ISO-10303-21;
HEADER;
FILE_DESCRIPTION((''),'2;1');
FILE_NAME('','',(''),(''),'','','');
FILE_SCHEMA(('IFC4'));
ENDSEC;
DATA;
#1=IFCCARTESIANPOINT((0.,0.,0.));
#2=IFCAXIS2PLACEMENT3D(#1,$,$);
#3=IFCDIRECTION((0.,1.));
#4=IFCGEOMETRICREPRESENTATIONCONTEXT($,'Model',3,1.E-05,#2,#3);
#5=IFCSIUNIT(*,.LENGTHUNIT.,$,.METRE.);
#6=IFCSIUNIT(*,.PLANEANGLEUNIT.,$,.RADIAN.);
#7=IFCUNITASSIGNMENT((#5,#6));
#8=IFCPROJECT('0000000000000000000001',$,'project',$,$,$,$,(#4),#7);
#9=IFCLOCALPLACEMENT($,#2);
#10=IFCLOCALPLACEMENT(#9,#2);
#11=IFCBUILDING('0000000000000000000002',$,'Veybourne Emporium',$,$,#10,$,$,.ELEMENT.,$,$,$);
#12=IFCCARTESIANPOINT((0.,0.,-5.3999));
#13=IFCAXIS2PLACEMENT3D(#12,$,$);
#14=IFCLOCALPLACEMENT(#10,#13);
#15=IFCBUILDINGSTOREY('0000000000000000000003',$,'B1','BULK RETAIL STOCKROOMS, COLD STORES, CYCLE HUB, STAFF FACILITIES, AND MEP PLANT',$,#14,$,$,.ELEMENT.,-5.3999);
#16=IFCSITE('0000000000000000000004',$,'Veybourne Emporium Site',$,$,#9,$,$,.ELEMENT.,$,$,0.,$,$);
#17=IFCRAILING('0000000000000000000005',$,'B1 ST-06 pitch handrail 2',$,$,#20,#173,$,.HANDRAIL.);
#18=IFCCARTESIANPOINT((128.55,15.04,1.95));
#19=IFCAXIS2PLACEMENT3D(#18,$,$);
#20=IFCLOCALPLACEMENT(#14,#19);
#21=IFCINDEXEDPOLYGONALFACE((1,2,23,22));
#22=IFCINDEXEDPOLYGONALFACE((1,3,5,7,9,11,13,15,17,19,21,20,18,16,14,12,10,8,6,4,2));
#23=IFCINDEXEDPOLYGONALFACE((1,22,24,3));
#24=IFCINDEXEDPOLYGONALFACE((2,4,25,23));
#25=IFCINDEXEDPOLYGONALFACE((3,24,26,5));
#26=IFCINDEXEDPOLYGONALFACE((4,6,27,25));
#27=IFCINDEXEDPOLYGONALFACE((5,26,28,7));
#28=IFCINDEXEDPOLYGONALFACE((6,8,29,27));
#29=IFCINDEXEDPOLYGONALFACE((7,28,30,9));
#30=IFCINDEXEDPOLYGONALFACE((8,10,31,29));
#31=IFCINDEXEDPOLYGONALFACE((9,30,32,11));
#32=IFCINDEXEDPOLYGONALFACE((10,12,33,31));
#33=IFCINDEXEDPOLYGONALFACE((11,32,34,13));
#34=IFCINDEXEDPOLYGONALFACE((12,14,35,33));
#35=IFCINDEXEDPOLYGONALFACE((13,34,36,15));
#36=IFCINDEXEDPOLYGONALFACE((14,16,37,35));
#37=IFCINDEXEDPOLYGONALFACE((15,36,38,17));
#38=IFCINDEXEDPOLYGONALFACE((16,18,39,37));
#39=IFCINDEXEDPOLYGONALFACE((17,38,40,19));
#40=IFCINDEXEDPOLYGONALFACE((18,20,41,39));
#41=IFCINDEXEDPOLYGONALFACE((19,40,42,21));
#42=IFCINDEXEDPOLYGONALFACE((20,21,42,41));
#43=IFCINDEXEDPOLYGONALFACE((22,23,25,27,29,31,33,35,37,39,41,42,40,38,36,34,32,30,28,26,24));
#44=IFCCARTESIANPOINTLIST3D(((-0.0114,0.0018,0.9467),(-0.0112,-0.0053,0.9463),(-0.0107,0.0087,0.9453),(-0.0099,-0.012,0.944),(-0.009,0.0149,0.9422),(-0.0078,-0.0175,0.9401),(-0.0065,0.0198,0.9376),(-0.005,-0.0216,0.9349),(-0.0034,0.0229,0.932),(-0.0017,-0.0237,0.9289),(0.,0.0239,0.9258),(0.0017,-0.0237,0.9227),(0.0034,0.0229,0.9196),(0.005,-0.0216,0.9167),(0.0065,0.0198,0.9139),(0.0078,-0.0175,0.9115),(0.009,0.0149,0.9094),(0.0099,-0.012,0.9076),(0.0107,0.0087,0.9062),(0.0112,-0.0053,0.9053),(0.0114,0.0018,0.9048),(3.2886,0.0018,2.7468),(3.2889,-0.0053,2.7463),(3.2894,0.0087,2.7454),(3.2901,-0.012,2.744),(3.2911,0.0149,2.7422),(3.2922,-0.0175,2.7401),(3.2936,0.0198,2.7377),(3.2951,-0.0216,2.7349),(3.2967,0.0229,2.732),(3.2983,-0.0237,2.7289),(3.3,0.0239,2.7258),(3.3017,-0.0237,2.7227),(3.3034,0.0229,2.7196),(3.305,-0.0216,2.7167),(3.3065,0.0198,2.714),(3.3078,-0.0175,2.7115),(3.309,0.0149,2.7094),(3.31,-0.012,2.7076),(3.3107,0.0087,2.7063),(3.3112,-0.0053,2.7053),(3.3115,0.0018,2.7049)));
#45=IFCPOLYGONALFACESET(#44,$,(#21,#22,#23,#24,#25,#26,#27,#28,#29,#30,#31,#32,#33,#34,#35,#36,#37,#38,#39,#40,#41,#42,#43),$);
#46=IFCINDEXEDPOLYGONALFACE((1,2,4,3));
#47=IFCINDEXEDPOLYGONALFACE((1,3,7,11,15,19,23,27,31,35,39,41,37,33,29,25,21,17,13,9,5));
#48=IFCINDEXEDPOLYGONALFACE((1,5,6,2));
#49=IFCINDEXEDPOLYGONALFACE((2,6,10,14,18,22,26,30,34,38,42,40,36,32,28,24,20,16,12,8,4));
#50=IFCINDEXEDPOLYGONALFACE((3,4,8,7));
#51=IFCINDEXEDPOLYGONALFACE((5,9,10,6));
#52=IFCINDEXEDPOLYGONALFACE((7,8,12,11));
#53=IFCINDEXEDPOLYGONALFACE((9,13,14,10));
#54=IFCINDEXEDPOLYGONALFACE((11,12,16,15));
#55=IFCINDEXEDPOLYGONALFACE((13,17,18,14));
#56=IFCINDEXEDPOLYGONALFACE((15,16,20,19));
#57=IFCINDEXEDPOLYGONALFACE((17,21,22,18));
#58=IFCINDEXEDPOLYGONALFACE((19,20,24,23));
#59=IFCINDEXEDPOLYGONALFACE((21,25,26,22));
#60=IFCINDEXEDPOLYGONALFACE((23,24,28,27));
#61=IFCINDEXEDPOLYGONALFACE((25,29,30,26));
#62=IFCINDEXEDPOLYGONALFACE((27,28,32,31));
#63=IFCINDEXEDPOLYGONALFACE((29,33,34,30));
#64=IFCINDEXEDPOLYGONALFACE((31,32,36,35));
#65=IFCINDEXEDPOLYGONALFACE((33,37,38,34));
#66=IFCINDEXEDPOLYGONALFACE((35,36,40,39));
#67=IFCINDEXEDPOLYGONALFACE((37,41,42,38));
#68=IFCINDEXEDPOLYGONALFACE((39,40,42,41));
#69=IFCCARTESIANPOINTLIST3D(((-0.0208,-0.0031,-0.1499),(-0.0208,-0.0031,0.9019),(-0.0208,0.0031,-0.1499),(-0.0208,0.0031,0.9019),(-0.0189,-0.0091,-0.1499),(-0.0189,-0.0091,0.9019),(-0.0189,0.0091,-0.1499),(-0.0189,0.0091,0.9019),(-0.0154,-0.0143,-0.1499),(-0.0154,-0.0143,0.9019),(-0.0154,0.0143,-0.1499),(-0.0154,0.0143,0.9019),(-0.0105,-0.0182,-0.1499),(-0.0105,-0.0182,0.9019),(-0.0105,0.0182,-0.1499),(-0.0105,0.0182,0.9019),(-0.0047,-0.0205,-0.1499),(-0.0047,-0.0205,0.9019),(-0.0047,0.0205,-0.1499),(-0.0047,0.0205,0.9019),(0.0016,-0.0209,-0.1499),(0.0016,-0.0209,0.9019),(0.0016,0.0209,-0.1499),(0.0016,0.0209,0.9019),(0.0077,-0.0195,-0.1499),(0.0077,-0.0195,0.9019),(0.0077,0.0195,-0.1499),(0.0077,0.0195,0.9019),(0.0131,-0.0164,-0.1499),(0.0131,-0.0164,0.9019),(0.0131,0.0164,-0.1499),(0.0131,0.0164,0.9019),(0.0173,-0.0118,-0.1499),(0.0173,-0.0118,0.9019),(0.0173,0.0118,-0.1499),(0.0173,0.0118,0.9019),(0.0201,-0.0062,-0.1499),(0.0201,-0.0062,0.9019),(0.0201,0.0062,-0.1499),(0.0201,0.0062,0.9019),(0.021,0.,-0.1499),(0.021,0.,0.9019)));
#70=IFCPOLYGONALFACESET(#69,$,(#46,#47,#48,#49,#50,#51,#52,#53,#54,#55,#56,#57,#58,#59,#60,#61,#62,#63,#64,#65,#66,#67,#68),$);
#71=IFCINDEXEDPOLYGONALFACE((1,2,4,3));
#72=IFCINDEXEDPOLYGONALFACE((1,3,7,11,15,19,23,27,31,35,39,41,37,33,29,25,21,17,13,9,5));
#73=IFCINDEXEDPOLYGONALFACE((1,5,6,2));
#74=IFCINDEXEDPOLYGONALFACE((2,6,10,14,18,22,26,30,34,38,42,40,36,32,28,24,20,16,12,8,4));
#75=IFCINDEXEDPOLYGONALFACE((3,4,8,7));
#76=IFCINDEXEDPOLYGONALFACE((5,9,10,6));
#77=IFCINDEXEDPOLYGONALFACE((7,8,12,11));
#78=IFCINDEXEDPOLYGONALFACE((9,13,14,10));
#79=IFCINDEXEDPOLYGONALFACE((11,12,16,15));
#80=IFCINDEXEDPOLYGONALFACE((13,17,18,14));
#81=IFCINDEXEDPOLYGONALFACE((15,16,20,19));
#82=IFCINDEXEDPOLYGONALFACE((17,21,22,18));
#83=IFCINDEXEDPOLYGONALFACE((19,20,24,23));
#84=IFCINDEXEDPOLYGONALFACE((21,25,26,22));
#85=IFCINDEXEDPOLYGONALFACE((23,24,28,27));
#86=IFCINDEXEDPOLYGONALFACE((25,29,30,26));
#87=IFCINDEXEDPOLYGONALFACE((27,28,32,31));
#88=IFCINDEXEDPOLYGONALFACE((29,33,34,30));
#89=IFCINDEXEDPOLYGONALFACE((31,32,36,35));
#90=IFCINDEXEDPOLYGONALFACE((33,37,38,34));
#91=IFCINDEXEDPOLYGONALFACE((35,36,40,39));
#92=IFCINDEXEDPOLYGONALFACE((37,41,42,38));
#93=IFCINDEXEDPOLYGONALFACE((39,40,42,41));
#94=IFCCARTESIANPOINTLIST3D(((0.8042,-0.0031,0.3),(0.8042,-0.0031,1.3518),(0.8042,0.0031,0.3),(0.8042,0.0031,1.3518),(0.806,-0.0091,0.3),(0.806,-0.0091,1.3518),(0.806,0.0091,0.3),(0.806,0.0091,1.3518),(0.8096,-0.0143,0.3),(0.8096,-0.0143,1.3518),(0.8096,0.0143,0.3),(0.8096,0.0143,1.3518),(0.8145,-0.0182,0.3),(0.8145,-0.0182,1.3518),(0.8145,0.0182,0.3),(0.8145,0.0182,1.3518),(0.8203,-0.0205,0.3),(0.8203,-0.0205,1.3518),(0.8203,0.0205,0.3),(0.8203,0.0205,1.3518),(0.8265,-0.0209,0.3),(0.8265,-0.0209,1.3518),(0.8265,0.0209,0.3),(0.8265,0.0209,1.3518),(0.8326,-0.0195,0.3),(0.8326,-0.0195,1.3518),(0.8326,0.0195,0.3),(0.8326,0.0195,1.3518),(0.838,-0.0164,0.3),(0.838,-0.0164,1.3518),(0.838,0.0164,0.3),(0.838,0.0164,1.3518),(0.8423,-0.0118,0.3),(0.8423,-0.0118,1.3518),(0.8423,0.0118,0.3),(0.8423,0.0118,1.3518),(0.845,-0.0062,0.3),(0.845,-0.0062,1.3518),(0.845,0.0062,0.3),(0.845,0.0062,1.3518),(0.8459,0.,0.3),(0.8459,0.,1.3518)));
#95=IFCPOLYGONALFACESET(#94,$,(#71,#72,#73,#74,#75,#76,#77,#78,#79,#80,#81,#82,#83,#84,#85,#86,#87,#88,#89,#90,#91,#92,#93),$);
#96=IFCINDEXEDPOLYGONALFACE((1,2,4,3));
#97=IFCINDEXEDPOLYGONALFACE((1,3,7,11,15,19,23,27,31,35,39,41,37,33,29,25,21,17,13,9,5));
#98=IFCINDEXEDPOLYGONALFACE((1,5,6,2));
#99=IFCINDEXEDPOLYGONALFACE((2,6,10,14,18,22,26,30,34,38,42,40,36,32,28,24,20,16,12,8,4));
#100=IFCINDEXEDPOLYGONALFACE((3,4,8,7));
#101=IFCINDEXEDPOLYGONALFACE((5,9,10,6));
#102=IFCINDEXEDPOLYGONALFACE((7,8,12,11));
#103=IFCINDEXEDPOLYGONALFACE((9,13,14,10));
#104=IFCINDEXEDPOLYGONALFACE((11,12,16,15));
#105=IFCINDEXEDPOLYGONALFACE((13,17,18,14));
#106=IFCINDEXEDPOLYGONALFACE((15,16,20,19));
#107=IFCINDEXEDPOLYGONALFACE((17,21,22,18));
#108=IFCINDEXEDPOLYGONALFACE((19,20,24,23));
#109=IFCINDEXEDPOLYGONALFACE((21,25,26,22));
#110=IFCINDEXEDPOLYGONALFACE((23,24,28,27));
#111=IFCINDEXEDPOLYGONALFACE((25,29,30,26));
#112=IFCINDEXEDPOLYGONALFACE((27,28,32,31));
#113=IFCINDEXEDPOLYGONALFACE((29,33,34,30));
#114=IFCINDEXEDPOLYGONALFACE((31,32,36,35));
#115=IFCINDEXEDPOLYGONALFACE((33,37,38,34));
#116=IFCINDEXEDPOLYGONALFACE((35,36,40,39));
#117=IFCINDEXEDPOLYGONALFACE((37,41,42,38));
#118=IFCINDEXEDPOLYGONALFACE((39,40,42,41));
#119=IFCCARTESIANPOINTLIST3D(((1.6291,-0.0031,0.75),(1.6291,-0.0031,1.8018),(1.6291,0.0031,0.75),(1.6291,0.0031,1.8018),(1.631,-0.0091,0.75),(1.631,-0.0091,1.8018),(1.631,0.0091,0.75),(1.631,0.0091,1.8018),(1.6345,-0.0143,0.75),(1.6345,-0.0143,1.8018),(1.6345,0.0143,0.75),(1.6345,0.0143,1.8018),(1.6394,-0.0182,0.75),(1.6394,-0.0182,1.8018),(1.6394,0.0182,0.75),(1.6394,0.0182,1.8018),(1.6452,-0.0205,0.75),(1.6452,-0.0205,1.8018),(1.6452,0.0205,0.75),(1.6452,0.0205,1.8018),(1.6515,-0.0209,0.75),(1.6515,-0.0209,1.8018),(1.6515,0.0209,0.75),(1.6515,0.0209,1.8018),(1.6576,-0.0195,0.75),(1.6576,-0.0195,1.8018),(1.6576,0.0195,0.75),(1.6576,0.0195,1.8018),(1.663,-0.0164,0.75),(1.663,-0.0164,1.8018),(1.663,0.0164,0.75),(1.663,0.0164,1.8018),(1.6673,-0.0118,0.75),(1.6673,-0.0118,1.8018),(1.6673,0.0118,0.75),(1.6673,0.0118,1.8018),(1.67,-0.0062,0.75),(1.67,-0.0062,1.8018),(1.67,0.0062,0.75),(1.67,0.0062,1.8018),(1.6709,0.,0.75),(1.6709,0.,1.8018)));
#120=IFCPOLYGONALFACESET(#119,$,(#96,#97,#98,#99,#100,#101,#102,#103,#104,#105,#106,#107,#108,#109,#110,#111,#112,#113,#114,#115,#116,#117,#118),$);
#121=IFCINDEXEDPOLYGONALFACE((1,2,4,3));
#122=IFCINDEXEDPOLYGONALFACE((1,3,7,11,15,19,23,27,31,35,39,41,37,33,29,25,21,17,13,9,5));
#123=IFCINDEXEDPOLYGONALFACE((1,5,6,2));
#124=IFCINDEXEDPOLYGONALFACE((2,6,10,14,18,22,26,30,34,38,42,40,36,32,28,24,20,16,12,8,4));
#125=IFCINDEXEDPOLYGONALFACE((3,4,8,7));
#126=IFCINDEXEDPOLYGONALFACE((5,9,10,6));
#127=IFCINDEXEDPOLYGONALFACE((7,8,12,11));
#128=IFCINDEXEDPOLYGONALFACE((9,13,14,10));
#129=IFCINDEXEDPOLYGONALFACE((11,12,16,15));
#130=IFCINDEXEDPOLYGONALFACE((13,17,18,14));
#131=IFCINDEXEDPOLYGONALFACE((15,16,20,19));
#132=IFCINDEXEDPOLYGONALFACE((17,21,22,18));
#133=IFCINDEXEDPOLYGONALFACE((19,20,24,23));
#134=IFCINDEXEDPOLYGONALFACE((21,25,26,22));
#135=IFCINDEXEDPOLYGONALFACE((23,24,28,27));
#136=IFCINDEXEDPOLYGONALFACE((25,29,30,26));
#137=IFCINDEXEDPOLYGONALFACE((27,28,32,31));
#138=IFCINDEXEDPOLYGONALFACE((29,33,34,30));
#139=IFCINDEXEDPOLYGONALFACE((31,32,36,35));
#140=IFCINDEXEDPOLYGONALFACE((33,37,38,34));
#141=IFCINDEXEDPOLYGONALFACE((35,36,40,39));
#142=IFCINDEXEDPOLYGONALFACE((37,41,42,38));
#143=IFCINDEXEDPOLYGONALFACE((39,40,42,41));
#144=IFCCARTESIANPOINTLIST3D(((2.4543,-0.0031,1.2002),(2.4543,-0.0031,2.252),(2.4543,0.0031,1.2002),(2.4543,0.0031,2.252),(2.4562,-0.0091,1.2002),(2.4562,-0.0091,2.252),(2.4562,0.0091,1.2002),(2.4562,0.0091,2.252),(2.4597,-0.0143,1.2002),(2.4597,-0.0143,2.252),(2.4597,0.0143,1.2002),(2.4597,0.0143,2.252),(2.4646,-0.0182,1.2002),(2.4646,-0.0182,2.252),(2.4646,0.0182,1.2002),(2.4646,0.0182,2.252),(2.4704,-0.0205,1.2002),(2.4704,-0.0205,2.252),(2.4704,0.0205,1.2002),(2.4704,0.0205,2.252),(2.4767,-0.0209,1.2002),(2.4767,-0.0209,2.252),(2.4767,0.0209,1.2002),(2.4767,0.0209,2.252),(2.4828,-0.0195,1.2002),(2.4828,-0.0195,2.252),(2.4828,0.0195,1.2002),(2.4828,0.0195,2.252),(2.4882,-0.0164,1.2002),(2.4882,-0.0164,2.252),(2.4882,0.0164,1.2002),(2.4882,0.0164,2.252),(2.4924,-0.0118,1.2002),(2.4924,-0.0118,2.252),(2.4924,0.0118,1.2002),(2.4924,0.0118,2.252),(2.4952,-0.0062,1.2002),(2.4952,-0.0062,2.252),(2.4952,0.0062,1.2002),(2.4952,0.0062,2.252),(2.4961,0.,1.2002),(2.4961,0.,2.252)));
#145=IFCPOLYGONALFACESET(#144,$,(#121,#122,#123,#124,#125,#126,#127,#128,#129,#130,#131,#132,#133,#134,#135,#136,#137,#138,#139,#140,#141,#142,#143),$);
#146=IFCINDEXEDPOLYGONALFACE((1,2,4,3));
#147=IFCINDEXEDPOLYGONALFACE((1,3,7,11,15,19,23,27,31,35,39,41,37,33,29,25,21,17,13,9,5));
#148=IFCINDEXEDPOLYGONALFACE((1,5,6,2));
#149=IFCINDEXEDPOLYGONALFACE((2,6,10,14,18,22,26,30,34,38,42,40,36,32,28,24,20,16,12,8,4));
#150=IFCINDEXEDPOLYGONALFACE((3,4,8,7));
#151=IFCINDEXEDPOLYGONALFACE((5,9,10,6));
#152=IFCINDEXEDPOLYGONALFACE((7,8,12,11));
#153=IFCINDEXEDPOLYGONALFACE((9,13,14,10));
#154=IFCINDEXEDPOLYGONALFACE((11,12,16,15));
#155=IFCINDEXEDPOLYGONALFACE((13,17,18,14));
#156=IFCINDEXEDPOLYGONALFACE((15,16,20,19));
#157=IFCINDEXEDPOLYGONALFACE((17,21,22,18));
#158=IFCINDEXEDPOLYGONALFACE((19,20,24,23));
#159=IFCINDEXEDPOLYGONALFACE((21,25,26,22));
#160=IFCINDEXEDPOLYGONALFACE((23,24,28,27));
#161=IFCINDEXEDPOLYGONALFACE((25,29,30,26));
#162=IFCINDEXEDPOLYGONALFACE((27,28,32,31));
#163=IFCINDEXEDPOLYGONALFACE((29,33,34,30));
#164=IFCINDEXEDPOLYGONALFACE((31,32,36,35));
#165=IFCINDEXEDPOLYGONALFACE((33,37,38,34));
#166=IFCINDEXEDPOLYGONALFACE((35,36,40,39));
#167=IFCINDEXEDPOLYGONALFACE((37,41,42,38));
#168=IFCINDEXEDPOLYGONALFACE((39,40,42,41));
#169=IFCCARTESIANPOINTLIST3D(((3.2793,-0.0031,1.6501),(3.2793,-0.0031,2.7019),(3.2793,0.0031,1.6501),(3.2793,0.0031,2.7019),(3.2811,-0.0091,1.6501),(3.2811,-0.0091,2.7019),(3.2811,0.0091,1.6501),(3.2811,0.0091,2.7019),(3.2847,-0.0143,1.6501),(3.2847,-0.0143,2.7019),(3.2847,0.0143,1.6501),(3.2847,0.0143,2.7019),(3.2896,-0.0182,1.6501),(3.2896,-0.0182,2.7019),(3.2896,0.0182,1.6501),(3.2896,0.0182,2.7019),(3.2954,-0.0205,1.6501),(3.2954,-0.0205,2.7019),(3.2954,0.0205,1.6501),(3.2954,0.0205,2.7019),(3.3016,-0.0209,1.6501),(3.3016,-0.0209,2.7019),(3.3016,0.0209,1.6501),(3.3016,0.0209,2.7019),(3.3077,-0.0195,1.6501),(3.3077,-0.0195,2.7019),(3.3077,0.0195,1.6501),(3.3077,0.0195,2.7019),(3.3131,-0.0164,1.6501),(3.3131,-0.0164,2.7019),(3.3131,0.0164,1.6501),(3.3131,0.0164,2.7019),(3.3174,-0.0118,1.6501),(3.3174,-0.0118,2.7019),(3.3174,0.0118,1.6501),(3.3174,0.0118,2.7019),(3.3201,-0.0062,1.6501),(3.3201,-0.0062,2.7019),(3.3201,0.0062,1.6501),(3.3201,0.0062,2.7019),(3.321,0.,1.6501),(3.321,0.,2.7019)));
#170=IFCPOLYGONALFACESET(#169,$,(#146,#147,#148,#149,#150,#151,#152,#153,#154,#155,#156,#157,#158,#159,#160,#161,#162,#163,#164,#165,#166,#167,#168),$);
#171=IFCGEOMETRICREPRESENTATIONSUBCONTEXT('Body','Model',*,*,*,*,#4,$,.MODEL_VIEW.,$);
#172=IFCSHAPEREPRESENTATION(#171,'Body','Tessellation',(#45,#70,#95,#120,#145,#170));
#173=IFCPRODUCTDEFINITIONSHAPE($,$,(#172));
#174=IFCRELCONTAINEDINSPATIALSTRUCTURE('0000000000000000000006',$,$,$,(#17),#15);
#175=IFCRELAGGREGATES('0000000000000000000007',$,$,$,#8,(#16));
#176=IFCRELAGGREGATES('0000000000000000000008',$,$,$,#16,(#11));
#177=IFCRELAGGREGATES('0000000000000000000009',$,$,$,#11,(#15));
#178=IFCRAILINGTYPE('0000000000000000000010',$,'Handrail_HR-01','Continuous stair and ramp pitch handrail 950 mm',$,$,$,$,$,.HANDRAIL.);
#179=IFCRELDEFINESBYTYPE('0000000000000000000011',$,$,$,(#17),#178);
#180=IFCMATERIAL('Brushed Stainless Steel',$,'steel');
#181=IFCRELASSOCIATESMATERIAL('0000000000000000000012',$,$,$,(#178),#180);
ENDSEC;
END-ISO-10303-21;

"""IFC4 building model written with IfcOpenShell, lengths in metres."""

from ifc_helpers import new_model, si_unit, direction, frame, origin, origin_2d, place, context, subcontext, project, spatial, circle, extrude, material, type_object, element, save


model = new_model("IFC4")

# Units and contexts
model_context = context("Model", 3, precision=1e-05, world=origin(), true_north=direction((0.0, 1.0)))
body_context = subcontext(model_context, "Body", "Model", "MODEL_VIEW")
ifc_project = project(units=[si_unit("LENGTHUNIT", "METRE"), si_unit("PLANEANGLEUNIT", "RADIAN")], contexts=[model_context])

# Site, building, storey
site_placement = place(None, origin())
site = spatial("IfcSite", under=ifc_project, at=site_placement, Name="Veybourne Emporium Site", CompositionType="ELEMENT", RefElevation=0.0)
building_placement = place(site_placement, origin())
building = spatial("IfcBuilding", under=site, at=building_placement, Name="Veybourne Emporium", CompositionType="ELEMENT")
storey_placement = place(building_placement, frame((0.0, 0.0, -5.3999)))
storey = spatial("IfcBuildingStorey", under=building, at=storey_placement, Name="B1", Description="BULK RETAIL STOCKROOMS, COLD STORES, CYCLE HUB, STAFF FACILITIES, AND MEP PLANT", CompositionType="ELEMENT", Elevation=-5.3999)

# Railing
ifc_material_1 = material(Name="Brushed Stainless Steel", Category="steel")
railing_type_1 = type_object("IfcRailingType", Name="Handrail_HR-01", Description="Continuous stair and ramp pitch handrail 950 mm", PredefinedType="HANDRAIL", material=ifc_material_1)
railing_1_placement = place(storey_placement, frame((128.55, 15.04, 1.95)))
element("IfcRailing", 1, at=railing_1_placement, inside=storey, type_object=railing_type_1, Name="B1 ST-06 pitch handrail 2", PredefinedType="HANDRAIL", context=body_context, shape_type="SweptSolid", body=[
    extrude(circle(Radius=0.0239, at=origin_2d()), frame((0.0, 0.0, 0.9258), z_axis=(0.877893, 0.0, 0.478857), x_axis=(0.0, 1.0, 0.0)), (0.0, 0.0, 1.0), 3.759),
    extrude(circle(Radius=0.021, at=origin_2d()), frame((0.0, 0.0, -0.1499)), (0.0, 0.0, 1.0), 1.0518),
    extrude(circle(Radius=0.021, at=origin_2d()), frame((0.825, 0.0, 0.3)), (0.0, 0.0, 1.0), 1.0518),
    extrude(circle(Radius=0.021, at=origin_2d()), frame((1.6499, 0.0, 0.75)), (0.0, 0.0, 1.0), 1.0518),
    extrude(circle(Radius=0.021, at=origin_2d()), frame((2.4751, 0.0, 1.2002)), (0.0, 0.0, 1.0), 1.0518),
    extrude(circle(Radius=0.021, at=origin_2d()), frame((3.3, 0.0, 1.6501)), (0.0, 0.0, 1.0), 1.0518),
])

save(model, "model.ifc")
